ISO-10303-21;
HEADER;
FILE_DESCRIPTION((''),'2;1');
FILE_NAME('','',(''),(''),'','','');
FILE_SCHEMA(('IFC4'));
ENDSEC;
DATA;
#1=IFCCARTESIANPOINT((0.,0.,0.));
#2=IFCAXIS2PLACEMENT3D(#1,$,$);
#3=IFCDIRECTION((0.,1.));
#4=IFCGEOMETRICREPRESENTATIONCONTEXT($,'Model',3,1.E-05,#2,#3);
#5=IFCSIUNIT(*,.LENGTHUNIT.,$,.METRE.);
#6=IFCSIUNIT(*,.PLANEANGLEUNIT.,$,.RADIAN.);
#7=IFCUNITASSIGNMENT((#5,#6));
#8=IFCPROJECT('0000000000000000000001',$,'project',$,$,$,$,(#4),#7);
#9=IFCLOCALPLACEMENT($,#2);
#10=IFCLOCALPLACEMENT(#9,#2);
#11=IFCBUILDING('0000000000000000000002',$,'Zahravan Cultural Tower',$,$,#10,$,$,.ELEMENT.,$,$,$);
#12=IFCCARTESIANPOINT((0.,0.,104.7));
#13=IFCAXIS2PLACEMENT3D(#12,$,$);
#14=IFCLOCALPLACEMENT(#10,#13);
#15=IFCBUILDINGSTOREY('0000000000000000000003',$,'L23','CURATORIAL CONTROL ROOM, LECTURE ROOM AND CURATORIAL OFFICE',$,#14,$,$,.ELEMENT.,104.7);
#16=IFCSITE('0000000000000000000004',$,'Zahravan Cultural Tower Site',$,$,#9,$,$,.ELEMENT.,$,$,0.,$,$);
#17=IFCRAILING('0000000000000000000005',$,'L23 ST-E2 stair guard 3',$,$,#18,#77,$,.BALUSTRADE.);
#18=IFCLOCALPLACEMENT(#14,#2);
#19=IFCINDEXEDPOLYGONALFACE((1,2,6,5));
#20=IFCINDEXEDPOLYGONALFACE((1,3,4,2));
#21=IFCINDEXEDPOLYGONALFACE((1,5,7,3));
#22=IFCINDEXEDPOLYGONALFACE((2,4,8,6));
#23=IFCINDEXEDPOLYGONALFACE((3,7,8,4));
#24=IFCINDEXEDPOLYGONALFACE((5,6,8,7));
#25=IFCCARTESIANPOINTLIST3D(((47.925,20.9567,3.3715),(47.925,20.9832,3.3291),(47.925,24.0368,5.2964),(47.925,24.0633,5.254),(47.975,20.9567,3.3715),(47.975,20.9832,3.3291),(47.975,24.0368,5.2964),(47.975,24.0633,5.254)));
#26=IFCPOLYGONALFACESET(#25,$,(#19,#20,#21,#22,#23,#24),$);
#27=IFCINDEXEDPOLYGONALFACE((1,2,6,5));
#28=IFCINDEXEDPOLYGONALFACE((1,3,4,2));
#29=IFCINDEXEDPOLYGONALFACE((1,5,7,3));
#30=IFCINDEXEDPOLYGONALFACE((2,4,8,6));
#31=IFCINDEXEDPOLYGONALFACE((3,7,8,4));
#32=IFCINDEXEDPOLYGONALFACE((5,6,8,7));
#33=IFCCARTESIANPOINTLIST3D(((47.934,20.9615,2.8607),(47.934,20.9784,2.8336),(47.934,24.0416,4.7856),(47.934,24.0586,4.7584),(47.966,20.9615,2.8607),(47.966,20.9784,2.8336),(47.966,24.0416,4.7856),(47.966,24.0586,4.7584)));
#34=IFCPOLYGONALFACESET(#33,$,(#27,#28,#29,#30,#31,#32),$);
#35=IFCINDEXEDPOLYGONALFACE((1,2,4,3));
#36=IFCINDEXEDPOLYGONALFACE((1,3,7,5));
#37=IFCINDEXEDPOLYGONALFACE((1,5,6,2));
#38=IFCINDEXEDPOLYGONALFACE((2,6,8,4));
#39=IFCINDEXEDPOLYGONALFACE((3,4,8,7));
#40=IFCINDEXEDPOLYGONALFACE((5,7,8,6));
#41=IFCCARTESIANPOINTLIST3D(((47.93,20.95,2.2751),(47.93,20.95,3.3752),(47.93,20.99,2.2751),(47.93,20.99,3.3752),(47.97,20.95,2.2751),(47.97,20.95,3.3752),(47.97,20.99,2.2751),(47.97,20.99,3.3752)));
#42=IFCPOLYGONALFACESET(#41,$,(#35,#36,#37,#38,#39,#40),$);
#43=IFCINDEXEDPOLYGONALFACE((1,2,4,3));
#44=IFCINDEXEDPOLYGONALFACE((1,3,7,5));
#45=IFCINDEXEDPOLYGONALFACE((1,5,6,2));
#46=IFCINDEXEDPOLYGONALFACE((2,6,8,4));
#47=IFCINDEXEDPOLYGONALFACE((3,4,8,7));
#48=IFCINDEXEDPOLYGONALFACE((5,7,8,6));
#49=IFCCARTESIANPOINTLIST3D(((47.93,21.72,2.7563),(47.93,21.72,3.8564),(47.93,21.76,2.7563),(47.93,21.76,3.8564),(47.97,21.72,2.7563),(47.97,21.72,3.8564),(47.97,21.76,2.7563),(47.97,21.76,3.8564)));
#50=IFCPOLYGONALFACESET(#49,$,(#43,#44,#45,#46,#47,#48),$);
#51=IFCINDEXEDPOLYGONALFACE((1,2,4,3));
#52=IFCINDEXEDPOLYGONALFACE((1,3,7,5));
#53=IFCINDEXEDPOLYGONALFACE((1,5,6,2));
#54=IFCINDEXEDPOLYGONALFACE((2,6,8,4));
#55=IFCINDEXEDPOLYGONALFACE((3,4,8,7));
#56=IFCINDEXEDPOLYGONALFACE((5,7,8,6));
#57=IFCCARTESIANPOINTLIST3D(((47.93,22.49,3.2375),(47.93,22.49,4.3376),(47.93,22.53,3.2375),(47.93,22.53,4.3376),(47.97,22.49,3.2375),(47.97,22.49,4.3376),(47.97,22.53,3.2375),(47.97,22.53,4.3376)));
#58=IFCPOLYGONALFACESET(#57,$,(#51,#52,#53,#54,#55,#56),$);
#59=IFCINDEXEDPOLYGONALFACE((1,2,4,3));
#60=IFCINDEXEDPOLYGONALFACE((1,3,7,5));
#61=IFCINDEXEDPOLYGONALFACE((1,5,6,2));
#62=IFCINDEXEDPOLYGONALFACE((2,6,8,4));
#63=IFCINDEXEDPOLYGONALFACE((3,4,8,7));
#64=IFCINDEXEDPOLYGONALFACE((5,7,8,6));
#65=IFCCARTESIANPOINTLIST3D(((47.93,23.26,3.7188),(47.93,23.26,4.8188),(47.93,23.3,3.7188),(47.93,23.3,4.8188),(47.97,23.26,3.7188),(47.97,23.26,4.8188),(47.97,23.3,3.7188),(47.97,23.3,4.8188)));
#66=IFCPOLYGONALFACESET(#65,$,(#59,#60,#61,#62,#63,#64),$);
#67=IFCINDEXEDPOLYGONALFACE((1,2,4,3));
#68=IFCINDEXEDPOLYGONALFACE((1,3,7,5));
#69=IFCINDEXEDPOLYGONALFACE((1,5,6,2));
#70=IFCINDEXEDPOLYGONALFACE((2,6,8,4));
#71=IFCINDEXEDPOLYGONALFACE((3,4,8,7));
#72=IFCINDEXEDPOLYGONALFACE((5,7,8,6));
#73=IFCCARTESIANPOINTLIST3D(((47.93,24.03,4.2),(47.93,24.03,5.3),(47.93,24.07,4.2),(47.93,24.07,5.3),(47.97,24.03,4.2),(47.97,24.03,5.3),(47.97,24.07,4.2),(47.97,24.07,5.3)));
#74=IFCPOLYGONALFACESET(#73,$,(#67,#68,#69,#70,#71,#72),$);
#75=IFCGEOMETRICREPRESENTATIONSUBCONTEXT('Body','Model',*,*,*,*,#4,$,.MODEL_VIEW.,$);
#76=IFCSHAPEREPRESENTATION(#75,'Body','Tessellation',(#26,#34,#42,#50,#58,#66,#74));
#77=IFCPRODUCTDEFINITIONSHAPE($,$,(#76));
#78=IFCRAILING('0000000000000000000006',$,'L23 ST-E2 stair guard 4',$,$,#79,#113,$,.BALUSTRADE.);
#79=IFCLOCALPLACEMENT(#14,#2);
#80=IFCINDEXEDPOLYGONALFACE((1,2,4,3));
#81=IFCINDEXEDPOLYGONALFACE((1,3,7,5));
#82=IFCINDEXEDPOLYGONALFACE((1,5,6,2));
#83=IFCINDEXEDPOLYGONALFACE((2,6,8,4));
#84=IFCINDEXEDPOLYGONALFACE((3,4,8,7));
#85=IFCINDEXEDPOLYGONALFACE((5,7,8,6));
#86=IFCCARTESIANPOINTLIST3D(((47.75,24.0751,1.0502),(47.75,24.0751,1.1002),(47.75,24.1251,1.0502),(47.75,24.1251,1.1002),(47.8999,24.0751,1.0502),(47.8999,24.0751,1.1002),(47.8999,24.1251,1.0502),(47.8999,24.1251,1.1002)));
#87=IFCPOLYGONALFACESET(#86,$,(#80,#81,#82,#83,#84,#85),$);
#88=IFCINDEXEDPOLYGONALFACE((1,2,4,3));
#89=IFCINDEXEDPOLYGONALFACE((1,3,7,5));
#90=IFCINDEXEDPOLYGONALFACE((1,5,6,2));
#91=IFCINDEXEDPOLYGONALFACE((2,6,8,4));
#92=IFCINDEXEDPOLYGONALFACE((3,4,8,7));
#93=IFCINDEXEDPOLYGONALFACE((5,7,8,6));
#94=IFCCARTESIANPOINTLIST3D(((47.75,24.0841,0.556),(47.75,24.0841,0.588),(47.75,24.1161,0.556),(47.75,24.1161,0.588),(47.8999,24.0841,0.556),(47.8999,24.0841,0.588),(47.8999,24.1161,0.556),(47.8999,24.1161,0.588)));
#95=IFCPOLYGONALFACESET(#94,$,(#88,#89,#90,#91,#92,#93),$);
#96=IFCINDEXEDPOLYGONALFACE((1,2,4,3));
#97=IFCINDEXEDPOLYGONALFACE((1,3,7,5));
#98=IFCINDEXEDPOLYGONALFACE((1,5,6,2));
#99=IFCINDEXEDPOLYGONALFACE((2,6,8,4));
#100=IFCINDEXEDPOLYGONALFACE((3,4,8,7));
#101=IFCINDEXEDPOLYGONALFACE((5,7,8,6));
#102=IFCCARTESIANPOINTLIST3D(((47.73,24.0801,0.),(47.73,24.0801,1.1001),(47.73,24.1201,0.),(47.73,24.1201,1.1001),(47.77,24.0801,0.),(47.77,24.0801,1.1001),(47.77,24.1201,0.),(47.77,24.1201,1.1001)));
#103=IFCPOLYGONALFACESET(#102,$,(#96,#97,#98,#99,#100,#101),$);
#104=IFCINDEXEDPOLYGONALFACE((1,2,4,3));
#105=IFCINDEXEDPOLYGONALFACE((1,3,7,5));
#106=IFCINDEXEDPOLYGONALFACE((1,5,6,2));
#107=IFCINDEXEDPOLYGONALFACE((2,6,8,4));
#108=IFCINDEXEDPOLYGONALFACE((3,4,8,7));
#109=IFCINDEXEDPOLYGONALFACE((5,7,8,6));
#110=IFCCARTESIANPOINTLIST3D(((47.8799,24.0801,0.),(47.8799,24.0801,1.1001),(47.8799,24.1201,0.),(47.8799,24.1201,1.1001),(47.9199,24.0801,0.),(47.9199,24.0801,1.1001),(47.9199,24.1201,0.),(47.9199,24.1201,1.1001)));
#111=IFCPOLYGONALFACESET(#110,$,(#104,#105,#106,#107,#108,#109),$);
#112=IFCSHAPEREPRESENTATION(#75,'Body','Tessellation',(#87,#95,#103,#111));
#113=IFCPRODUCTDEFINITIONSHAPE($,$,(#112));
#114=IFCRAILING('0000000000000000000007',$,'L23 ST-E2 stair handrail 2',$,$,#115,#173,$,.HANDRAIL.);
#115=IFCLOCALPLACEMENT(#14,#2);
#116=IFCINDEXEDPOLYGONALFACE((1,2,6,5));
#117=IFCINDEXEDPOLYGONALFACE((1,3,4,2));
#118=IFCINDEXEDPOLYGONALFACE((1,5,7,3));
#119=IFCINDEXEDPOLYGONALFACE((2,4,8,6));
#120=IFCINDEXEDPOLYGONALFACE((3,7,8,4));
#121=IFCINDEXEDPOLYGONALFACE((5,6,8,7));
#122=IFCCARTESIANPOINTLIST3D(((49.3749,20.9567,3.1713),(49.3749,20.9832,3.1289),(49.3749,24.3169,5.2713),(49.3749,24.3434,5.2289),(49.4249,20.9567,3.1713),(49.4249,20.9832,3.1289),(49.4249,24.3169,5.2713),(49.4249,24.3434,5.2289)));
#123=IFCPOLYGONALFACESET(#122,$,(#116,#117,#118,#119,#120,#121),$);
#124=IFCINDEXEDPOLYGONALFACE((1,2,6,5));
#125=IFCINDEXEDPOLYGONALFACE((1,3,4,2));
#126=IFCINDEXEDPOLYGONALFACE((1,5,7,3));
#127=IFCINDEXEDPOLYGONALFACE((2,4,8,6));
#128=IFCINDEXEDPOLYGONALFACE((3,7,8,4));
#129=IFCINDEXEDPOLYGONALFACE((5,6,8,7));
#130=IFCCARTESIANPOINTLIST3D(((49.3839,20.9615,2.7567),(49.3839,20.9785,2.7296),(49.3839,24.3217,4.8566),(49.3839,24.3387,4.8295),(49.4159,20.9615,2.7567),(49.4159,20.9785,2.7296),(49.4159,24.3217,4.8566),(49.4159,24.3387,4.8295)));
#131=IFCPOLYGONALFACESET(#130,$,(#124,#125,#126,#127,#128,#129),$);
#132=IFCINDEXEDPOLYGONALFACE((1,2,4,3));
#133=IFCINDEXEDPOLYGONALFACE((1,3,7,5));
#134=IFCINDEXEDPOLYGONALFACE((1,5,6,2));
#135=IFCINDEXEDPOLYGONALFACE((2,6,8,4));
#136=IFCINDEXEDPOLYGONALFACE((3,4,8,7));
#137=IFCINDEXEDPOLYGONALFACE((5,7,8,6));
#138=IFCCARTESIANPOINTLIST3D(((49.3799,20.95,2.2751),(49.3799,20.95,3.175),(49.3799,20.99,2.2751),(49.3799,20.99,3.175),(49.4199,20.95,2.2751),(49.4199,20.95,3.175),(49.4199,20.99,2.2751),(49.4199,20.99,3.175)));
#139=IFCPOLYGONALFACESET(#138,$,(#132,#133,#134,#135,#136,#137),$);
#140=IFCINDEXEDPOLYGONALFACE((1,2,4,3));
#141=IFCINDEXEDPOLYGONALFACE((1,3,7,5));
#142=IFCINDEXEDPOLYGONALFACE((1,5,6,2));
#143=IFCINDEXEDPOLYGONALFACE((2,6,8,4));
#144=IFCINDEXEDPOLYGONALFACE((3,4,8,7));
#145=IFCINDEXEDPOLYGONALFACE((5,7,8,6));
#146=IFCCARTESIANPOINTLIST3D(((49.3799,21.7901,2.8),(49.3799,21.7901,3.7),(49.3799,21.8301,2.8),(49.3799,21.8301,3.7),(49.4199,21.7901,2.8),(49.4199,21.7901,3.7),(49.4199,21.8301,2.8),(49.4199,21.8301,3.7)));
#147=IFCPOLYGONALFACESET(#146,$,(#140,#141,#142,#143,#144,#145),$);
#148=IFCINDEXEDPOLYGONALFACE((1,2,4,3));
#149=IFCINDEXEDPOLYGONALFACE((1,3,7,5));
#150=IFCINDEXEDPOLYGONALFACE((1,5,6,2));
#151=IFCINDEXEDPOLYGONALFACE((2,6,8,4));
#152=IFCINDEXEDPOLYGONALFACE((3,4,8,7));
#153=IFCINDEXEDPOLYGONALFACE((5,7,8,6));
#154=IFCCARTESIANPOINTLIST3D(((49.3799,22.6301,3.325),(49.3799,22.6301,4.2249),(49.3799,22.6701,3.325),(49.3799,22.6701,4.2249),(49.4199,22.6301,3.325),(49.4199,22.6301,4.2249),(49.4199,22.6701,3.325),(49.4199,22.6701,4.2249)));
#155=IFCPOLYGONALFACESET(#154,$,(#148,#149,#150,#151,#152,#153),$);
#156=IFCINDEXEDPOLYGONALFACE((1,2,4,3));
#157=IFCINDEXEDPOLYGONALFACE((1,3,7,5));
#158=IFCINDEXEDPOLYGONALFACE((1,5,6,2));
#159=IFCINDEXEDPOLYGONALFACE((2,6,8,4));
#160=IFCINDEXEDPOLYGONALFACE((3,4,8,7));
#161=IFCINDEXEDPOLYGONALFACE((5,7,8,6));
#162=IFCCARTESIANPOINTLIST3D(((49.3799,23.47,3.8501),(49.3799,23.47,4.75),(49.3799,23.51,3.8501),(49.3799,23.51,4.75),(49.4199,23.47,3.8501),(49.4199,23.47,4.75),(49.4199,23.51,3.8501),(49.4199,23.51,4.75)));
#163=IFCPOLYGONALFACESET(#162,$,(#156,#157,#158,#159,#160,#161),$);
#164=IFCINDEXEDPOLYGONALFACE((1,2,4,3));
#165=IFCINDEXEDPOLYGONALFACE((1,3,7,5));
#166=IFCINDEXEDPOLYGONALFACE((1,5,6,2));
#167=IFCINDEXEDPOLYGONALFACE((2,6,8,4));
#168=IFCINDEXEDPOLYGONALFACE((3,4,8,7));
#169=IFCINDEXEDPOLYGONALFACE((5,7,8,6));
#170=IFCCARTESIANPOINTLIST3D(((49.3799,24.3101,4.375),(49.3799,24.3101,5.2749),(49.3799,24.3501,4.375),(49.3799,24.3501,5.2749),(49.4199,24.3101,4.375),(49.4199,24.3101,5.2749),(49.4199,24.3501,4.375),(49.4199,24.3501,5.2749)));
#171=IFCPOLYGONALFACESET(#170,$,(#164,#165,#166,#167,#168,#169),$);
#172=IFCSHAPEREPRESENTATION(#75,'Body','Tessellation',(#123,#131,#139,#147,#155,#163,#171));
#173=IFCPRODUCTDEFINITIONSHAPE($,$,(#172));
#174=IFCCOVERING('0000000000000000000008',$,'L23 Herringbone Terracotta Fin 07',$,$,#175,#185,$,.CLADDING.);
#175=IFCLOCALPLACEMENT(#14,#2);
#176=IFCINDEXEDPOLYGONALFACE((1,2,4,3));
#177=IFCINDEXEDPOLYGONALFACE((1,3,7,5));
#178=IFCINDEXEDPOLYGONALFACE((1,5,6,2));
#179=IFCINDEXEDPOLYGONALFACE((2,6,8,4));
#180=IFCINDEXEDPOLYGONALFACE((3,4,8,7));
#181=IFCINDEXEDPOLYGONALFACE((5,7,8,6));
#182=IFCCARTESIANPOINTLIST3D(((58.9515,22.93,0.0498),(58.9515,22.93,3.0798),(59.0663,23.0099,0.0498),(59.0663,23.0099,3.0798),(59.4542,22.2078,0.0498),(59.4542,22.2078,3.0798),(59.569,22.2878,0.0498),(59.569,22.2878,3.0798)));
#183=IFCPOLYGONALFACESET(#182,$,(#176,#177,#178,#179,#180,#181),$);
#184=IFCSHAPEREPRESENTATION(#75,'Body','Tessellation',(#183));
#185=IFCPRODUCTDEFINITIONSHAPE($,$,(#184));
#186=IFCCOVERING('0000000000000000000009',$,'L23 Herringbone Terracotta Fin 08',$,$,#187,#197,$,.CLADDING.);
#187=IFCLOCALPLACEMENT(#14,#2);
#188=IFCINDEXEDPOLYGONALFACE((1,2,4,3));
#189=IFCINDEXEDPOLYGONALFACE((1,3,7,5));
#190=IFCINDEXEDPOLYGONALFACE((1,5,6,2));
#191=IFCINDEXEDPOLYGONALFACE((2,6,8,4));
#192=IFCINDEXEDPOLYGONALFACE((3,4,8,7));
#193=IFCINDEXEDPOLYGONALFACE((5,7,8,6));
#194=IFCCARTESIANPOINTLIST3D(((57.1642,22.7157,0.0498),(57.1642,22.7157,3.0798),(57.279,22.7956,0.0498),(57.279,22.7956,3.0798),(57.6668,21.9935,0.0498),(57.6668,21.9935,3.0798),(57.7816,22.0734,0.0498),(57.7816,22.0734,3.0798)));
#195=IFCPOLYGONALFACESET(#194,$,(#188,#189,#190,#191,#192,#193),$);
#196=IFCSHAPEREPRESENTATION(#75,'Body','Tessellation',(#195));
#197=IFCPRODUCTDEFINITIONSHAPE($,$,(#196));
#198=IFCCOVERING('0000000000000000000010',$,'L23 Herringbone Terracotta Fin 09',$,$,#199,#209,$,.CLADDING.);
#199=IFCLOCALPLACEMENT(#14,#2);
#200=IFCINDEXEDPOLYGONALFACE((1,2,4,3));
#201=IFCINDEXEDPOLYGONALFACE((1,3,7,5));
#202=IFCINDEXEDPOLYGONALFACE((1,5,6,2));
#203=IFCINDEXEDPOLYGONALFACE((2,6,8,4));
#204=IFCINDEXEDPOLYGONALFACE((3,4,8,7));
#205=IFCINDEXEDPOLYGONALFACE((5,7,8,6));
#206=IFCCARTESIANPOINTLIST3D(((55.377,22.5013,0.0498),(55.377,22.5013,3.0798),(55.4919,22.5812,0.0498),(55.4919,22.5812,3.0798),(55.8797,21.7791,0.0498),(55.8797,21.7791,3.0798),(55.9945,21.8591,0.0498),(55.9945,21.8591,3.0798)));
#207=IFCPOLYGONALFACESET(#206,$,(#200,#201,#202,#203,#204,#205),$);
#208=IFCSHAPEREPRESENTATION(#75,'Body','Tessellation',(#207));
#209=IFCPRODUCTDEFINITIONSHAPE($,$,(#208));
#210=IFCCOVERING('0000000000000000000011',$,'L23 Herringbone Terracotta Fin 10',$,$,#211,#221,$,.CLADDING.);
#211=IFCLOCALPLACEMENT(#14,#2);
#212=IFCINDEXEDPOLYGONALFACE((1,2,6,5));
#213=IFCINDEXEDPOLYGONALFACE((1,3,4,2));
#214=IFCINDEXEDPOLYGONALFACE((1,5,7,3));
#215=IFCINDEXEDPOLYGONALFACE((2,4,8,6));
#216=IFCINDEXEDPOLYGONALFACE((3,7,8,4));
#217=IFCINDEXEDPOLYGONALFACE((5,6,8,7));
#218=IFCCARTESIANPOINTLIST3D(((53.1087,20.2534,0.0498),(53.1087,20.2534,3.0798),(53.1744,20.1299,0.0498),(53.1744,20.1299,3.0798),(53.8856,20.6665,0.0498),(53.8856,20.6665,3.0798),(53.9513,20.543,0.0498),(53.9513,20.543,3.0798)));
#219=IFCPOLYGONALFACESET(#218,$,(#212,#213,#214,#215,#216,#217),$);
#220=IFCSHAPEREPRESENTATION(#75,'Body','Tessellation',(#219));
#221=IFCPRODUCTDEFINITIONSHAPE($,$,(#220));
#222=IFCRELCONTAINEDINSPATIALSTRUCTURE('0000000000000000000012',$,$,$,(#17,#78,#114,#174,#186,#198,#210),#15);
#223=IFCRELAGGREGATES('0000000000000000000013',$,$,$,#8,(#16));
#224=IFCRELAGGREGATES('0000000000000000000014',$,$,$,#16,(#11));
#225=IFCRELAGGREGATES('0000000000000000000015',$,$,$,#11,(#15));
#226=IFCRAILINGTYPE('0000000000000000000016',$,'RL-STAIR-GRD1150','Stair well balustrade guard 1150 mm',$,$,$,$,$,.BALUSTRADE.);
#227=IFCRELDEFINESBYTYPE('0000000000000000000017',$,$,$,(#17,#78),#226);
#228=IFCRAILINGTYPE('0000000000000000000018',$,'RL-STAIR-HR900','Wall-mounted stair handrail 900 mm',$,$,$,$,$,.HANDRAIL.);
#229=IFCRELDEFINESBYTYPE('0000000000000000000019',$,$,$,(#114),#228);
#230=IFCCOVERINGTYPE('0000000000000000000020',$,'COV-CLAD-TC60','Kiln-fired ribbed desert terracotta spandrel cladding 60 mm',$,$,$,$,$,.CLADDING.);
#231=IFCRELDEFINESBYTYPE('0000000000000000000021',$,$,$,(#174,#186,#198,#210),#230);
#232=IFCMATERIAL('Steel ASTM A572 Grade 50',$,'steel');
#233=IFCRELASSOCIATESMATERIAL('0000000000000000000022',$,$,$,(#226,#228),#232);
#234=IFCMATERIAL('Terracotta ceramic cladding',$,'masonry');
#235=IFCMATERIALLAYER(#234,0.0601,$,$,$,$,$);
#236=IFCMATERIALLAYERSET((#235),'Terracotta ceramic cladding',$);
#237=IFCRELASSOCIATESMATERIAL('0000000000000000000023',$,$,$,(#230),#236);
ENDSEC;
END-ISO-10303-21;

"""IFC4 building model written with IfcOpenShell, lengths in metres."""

from ifc_helpers import new_model, si_unit, direction, frame, origin, origin_2d, place, context, subcontext, project, spatial, rectangle, extrude, source, transform, mapped, material, layer, layer_set, type_object, element, save


model = new_model("IFC4")

# Units and contexts
model_context = context("Model", 3, precision=1e-05, world=origin(), true_north=direction((0.0, 1.0)))
body_context = subcontext(model_context, "Body", "Model", "MODEL_VIEW")
ifc_project = project(units=[si_unit("LENGTHUNIT", "METRE"), si_unit("PLANEANGLEUNIT", "RADIAN")], contexts=[model_context])

# Site, building, storey
site_placement = place(None, origin())
site = spatial("IfcSite", under=ifc_project, at=site_placement, Name="Zahravan Cultural Tower Site", CompositionType="ELEMENT", RefElevation=0.0)
building_placement = place(site_placement, origin())
building = spatial("IfcBuilding", under=site, at=building_placement, Name="Zahravan Cultural Tower", CompositionType="ELEMENT")
storey_placement = place(building_placement, frame((0.0, 0.0, 104.7)))
storey = spatial("IfcBuildingStorey", under=building, at=storey_placement, Name="L23", Description="CURATORIAL CONTROL ROOM, LECTURE ROOM AND CURATORIAL OFFICE", CompositionType="ELEMENT", Elevation=104.7)

# Railings
ifc_material_1 = material(Name="Steel ASTM A572 Grade 50", Category="steel")
railing_type_1 = type_object("IfcRailingType", Name="RL-STAIR-GRD1150", Description="Stair well balustrade guard 1150 mm", PredefinedType="BALUSTRADE", material=ifc_material_1)
railing_1_placement = place(storey_placement, frame((47.95, 20.97, 2.2751)))
element("IfcRailing", 1, at=railing_1_placement, inside=storey, type_object=railing_type_1, Name="L23 ST-E2 stair guard 3", PredefinedType="BALUSTRADE", context=body_context, shape_type="SweptSolid", body=[
    extrude(rectangle(XDim=0.05, YDim=0.05, at=origin_2d()), frame((0.0, 0.0, 1.0752), z_axis=(0.0, 0.848029, 0.529951), x_axis=(-1.0, 0.0, 0.0)), (0.0, 0.0, 1.0), 3.6321),
    extrude(rectangle(XDim=0.032, YDim=0.032, at=origin_2d()), frame((0.0, 0.0, 0.572), z_axis=(0.0, 0.848029, 0.529951), x_axis=(-1.0, 0.0, 0.0)), (0.0, 0.0, 1.0), 3.6321),
    extrude(rectangle(XDim=0.04, YDim=0.04, at=origin_2d()), origin(), (0.0, 0.0, 1.0), 1.1001),
    extrude(rectangle(XDim=0.04, YDim=0.04, at=origin_2d()), frame((0.0, 0.77, 0.4812)), (0.0, 0.0, 1.0), 1.1001),
    extrude(rectangle(XDim=0.04, YDim=0.04, at=origin_2d()), frame((0.0, 1.54, 0.9624)), (0.0, 0.0, 1.0), 1.1001),
    extrude(rectangle(XDim=0.04, YDim=0.04, at=origin_2d()), frame((0.0, 2.3101, 1.4436)), (0.0, 0.0, 1.0), 1.1001),
    extrude(rectangle(XDim=0.04, YDim=0.04, at=origin_2d()), frame((0.0, 3.0801, 1.9248)), (0.0, 0.0, 1.0), 1.1001),
])
railing_2_placement = place(storey_placement, frame((47.75, 24.1001, 0.0)))
element("IfcRailing", 2, at=railing_2_placement, inside=storey, type_object=railing_type_1, Name="L23 ST-E2 stair guard 4", PredefinedType="BALUSTRADE", context=body_context, shape_type="SweptSolid", body=[
    extrude(rectangle(XDim=0.05, YDim=0.05, at=origin_2d()), frame((0.0, 0.0, 1.0752), z_axis=(1.0, 0.0, 0.0), x_axis=(0.0, 1.0, 0.0)), (0.0, 0.0, 1.0), 0.1499),
    extrude(rectangle(XDim=0.032, YDim=0.032, at=origin_2d()), frame((0.0, 0.0, 0.572), z_axis=(1.0, 0.0, 0.0), x_axis=(0.0, 1.0, 0.0)), (0.0, 0.0, 1.0), 0.1499),
    extrude(rectangle(XDim=0.04, YDim=0.04, at=origin_2d()), origin(), (0.0, 0.0, 1.0), 1.1001),
    extrude(rectangle(XDim=0.04, YDim=0.04, at=origin_2d()), frame((0.1499, 0.0, 0.0)), (0.0, 0.0, 1.0), 1.1001),
])
railing_type_2 = type_object("IfcRailingType", Name="RL-STAIR-HR900", Description="Wall-mounted stair handrail 900 mm", PredefinedType="HANDRAIL", material=ifc_material_1)
railing_3_placement = place(storey_placement, frame((49.3999, 20.97, 2.2751)))
element("IfcRailing", 3, at=railing_3_placement, inside=storey, type_object=railing_type_2, Name="L23 ST-E2 stair handrail 2", PredefinedType="HANDRAIL", context=body_context, shape_type="SweptSolid", body=[
    extrude(rectangle(XDim=0.05, YDim=0.05, at=origin_2d()), frame((0.0, 0.0, 0.875), z_axis=(0.0, 0.848023, 0.52996), x_axis=(-1.0, 0.0, 0.0)), (0.0, 0.0, 1.0), 3.9624),
    extrude(rectangle(XDim=0.032, YDim=0.032, at=origin_2d()), frame((0.0, 0.0, 0.468), z_axis=(0.0, 0.848023, 0.52996), x_axis=(-1.0, 0.0, 0.0)), (0.0, 0.0, 1.0), 3.9624),
    extrude(rectangle(XDim=0.04, YDim=0.04, at=origin_2d()), origin(), (0.0, 0.0, 1.0), 0.8999),
    extrude(rectangle(XDim=0.04, YDim=0.04, at=origin_2d()), frame((0.0, 0.8401, 0.5249)), (0.0, 0.0, 1.0), 0.8999),
    extrude(rectangle(XDim=0.04, YDim=0.04, at=origin_2d()), frame((0.0, 1.6802, 1.0498)), (0.0, 0.0, 1.0), 0.8999),
    extrude(rectangle(XDim=0.04, YDim=0.04, at=origin_2d()), frame((0.0, 2.52, 1.575)), (0.0, 0.0, 1.0), 0.8999),
    extrude(rectangle(XDim=0.04, YDim=0.04, at=origin_2d()), frame((0.0, 3.3601, 2.0999)), (0.0, 0.0, 1.0), 0.8999),
])

# Coverings
ifc_material_2 = material(Name="Terracotta ceramic cladding", Category="masonry")
ifc_layer_1 = layer(ifc_material_2, 0.0601)
ifc_layer_set_1 = layer_set([ifc_layer_1], Name="Terracotta ceramic cladding")
covering_type = type_object("IfcCoveringType", Name="COV-CLAD-TC60", Description="Kiln-fired ribbed desert terracotta spandrel cladding 60 mm", PredefinedType="CLADDING", material=ifc_layer_set_1)
shared_shape_1 = source(origin(), body_context, "Body", "SweptSolid", [
    extrude(rectangle(XDim=0.8799, YDim=0.1399, at=origin_2d()), origin(), (0.0, 0.0, 1.0), 3.03),
])
for number, where, z_axis, x_axis, name in (
    (4, (59.2603, 22.6089, 0.0498), (0.0, 0.0, 1.0), (0.571287, -0.820751, 0.0), "L23 Herringbone Terracotta Fin 07"),
    (5, (57.4729, 22.3945, 0.0498), (0.0, 0.0, 1.0), (0.571287, -0.820751, 0.0), "L23 Herringbone Terracotta Fin 08"),
    (6, (55.6858, 22.1802, 0.0498), (0.0, 0.0, 1.0), (0.571287, -0.820751, 0.0), "L23 Herringbone Terracotta Fin 09"),
    (7, (53.53, 20.3982, 0.0498), (0.0, 0.0, 1.0), (0.882948, 0.469472, 0.0), "L23 Herringbone Terracotta Fin 10"),
):
    element("IfcCovering", number, at=place(storey_placement, frame(where, z_axis=z_axis, x_axis=x_axis)), inside=storey, type_object=covering_type, Name=name, PredefinedType="CLADDING", context=body_context, shape_type="MappedRepresentation", body=[
        mapped(shared_shape_1, transform((0.0, 0.0, 0.0), x_axis=(1.0, 0.0, 0.0), y_axis=(0.0, 1.0, 0.0), z_axis=(0.0, 0.0, 1.0), scale=1.0)),
    ])

save(model, "model.ifc")
